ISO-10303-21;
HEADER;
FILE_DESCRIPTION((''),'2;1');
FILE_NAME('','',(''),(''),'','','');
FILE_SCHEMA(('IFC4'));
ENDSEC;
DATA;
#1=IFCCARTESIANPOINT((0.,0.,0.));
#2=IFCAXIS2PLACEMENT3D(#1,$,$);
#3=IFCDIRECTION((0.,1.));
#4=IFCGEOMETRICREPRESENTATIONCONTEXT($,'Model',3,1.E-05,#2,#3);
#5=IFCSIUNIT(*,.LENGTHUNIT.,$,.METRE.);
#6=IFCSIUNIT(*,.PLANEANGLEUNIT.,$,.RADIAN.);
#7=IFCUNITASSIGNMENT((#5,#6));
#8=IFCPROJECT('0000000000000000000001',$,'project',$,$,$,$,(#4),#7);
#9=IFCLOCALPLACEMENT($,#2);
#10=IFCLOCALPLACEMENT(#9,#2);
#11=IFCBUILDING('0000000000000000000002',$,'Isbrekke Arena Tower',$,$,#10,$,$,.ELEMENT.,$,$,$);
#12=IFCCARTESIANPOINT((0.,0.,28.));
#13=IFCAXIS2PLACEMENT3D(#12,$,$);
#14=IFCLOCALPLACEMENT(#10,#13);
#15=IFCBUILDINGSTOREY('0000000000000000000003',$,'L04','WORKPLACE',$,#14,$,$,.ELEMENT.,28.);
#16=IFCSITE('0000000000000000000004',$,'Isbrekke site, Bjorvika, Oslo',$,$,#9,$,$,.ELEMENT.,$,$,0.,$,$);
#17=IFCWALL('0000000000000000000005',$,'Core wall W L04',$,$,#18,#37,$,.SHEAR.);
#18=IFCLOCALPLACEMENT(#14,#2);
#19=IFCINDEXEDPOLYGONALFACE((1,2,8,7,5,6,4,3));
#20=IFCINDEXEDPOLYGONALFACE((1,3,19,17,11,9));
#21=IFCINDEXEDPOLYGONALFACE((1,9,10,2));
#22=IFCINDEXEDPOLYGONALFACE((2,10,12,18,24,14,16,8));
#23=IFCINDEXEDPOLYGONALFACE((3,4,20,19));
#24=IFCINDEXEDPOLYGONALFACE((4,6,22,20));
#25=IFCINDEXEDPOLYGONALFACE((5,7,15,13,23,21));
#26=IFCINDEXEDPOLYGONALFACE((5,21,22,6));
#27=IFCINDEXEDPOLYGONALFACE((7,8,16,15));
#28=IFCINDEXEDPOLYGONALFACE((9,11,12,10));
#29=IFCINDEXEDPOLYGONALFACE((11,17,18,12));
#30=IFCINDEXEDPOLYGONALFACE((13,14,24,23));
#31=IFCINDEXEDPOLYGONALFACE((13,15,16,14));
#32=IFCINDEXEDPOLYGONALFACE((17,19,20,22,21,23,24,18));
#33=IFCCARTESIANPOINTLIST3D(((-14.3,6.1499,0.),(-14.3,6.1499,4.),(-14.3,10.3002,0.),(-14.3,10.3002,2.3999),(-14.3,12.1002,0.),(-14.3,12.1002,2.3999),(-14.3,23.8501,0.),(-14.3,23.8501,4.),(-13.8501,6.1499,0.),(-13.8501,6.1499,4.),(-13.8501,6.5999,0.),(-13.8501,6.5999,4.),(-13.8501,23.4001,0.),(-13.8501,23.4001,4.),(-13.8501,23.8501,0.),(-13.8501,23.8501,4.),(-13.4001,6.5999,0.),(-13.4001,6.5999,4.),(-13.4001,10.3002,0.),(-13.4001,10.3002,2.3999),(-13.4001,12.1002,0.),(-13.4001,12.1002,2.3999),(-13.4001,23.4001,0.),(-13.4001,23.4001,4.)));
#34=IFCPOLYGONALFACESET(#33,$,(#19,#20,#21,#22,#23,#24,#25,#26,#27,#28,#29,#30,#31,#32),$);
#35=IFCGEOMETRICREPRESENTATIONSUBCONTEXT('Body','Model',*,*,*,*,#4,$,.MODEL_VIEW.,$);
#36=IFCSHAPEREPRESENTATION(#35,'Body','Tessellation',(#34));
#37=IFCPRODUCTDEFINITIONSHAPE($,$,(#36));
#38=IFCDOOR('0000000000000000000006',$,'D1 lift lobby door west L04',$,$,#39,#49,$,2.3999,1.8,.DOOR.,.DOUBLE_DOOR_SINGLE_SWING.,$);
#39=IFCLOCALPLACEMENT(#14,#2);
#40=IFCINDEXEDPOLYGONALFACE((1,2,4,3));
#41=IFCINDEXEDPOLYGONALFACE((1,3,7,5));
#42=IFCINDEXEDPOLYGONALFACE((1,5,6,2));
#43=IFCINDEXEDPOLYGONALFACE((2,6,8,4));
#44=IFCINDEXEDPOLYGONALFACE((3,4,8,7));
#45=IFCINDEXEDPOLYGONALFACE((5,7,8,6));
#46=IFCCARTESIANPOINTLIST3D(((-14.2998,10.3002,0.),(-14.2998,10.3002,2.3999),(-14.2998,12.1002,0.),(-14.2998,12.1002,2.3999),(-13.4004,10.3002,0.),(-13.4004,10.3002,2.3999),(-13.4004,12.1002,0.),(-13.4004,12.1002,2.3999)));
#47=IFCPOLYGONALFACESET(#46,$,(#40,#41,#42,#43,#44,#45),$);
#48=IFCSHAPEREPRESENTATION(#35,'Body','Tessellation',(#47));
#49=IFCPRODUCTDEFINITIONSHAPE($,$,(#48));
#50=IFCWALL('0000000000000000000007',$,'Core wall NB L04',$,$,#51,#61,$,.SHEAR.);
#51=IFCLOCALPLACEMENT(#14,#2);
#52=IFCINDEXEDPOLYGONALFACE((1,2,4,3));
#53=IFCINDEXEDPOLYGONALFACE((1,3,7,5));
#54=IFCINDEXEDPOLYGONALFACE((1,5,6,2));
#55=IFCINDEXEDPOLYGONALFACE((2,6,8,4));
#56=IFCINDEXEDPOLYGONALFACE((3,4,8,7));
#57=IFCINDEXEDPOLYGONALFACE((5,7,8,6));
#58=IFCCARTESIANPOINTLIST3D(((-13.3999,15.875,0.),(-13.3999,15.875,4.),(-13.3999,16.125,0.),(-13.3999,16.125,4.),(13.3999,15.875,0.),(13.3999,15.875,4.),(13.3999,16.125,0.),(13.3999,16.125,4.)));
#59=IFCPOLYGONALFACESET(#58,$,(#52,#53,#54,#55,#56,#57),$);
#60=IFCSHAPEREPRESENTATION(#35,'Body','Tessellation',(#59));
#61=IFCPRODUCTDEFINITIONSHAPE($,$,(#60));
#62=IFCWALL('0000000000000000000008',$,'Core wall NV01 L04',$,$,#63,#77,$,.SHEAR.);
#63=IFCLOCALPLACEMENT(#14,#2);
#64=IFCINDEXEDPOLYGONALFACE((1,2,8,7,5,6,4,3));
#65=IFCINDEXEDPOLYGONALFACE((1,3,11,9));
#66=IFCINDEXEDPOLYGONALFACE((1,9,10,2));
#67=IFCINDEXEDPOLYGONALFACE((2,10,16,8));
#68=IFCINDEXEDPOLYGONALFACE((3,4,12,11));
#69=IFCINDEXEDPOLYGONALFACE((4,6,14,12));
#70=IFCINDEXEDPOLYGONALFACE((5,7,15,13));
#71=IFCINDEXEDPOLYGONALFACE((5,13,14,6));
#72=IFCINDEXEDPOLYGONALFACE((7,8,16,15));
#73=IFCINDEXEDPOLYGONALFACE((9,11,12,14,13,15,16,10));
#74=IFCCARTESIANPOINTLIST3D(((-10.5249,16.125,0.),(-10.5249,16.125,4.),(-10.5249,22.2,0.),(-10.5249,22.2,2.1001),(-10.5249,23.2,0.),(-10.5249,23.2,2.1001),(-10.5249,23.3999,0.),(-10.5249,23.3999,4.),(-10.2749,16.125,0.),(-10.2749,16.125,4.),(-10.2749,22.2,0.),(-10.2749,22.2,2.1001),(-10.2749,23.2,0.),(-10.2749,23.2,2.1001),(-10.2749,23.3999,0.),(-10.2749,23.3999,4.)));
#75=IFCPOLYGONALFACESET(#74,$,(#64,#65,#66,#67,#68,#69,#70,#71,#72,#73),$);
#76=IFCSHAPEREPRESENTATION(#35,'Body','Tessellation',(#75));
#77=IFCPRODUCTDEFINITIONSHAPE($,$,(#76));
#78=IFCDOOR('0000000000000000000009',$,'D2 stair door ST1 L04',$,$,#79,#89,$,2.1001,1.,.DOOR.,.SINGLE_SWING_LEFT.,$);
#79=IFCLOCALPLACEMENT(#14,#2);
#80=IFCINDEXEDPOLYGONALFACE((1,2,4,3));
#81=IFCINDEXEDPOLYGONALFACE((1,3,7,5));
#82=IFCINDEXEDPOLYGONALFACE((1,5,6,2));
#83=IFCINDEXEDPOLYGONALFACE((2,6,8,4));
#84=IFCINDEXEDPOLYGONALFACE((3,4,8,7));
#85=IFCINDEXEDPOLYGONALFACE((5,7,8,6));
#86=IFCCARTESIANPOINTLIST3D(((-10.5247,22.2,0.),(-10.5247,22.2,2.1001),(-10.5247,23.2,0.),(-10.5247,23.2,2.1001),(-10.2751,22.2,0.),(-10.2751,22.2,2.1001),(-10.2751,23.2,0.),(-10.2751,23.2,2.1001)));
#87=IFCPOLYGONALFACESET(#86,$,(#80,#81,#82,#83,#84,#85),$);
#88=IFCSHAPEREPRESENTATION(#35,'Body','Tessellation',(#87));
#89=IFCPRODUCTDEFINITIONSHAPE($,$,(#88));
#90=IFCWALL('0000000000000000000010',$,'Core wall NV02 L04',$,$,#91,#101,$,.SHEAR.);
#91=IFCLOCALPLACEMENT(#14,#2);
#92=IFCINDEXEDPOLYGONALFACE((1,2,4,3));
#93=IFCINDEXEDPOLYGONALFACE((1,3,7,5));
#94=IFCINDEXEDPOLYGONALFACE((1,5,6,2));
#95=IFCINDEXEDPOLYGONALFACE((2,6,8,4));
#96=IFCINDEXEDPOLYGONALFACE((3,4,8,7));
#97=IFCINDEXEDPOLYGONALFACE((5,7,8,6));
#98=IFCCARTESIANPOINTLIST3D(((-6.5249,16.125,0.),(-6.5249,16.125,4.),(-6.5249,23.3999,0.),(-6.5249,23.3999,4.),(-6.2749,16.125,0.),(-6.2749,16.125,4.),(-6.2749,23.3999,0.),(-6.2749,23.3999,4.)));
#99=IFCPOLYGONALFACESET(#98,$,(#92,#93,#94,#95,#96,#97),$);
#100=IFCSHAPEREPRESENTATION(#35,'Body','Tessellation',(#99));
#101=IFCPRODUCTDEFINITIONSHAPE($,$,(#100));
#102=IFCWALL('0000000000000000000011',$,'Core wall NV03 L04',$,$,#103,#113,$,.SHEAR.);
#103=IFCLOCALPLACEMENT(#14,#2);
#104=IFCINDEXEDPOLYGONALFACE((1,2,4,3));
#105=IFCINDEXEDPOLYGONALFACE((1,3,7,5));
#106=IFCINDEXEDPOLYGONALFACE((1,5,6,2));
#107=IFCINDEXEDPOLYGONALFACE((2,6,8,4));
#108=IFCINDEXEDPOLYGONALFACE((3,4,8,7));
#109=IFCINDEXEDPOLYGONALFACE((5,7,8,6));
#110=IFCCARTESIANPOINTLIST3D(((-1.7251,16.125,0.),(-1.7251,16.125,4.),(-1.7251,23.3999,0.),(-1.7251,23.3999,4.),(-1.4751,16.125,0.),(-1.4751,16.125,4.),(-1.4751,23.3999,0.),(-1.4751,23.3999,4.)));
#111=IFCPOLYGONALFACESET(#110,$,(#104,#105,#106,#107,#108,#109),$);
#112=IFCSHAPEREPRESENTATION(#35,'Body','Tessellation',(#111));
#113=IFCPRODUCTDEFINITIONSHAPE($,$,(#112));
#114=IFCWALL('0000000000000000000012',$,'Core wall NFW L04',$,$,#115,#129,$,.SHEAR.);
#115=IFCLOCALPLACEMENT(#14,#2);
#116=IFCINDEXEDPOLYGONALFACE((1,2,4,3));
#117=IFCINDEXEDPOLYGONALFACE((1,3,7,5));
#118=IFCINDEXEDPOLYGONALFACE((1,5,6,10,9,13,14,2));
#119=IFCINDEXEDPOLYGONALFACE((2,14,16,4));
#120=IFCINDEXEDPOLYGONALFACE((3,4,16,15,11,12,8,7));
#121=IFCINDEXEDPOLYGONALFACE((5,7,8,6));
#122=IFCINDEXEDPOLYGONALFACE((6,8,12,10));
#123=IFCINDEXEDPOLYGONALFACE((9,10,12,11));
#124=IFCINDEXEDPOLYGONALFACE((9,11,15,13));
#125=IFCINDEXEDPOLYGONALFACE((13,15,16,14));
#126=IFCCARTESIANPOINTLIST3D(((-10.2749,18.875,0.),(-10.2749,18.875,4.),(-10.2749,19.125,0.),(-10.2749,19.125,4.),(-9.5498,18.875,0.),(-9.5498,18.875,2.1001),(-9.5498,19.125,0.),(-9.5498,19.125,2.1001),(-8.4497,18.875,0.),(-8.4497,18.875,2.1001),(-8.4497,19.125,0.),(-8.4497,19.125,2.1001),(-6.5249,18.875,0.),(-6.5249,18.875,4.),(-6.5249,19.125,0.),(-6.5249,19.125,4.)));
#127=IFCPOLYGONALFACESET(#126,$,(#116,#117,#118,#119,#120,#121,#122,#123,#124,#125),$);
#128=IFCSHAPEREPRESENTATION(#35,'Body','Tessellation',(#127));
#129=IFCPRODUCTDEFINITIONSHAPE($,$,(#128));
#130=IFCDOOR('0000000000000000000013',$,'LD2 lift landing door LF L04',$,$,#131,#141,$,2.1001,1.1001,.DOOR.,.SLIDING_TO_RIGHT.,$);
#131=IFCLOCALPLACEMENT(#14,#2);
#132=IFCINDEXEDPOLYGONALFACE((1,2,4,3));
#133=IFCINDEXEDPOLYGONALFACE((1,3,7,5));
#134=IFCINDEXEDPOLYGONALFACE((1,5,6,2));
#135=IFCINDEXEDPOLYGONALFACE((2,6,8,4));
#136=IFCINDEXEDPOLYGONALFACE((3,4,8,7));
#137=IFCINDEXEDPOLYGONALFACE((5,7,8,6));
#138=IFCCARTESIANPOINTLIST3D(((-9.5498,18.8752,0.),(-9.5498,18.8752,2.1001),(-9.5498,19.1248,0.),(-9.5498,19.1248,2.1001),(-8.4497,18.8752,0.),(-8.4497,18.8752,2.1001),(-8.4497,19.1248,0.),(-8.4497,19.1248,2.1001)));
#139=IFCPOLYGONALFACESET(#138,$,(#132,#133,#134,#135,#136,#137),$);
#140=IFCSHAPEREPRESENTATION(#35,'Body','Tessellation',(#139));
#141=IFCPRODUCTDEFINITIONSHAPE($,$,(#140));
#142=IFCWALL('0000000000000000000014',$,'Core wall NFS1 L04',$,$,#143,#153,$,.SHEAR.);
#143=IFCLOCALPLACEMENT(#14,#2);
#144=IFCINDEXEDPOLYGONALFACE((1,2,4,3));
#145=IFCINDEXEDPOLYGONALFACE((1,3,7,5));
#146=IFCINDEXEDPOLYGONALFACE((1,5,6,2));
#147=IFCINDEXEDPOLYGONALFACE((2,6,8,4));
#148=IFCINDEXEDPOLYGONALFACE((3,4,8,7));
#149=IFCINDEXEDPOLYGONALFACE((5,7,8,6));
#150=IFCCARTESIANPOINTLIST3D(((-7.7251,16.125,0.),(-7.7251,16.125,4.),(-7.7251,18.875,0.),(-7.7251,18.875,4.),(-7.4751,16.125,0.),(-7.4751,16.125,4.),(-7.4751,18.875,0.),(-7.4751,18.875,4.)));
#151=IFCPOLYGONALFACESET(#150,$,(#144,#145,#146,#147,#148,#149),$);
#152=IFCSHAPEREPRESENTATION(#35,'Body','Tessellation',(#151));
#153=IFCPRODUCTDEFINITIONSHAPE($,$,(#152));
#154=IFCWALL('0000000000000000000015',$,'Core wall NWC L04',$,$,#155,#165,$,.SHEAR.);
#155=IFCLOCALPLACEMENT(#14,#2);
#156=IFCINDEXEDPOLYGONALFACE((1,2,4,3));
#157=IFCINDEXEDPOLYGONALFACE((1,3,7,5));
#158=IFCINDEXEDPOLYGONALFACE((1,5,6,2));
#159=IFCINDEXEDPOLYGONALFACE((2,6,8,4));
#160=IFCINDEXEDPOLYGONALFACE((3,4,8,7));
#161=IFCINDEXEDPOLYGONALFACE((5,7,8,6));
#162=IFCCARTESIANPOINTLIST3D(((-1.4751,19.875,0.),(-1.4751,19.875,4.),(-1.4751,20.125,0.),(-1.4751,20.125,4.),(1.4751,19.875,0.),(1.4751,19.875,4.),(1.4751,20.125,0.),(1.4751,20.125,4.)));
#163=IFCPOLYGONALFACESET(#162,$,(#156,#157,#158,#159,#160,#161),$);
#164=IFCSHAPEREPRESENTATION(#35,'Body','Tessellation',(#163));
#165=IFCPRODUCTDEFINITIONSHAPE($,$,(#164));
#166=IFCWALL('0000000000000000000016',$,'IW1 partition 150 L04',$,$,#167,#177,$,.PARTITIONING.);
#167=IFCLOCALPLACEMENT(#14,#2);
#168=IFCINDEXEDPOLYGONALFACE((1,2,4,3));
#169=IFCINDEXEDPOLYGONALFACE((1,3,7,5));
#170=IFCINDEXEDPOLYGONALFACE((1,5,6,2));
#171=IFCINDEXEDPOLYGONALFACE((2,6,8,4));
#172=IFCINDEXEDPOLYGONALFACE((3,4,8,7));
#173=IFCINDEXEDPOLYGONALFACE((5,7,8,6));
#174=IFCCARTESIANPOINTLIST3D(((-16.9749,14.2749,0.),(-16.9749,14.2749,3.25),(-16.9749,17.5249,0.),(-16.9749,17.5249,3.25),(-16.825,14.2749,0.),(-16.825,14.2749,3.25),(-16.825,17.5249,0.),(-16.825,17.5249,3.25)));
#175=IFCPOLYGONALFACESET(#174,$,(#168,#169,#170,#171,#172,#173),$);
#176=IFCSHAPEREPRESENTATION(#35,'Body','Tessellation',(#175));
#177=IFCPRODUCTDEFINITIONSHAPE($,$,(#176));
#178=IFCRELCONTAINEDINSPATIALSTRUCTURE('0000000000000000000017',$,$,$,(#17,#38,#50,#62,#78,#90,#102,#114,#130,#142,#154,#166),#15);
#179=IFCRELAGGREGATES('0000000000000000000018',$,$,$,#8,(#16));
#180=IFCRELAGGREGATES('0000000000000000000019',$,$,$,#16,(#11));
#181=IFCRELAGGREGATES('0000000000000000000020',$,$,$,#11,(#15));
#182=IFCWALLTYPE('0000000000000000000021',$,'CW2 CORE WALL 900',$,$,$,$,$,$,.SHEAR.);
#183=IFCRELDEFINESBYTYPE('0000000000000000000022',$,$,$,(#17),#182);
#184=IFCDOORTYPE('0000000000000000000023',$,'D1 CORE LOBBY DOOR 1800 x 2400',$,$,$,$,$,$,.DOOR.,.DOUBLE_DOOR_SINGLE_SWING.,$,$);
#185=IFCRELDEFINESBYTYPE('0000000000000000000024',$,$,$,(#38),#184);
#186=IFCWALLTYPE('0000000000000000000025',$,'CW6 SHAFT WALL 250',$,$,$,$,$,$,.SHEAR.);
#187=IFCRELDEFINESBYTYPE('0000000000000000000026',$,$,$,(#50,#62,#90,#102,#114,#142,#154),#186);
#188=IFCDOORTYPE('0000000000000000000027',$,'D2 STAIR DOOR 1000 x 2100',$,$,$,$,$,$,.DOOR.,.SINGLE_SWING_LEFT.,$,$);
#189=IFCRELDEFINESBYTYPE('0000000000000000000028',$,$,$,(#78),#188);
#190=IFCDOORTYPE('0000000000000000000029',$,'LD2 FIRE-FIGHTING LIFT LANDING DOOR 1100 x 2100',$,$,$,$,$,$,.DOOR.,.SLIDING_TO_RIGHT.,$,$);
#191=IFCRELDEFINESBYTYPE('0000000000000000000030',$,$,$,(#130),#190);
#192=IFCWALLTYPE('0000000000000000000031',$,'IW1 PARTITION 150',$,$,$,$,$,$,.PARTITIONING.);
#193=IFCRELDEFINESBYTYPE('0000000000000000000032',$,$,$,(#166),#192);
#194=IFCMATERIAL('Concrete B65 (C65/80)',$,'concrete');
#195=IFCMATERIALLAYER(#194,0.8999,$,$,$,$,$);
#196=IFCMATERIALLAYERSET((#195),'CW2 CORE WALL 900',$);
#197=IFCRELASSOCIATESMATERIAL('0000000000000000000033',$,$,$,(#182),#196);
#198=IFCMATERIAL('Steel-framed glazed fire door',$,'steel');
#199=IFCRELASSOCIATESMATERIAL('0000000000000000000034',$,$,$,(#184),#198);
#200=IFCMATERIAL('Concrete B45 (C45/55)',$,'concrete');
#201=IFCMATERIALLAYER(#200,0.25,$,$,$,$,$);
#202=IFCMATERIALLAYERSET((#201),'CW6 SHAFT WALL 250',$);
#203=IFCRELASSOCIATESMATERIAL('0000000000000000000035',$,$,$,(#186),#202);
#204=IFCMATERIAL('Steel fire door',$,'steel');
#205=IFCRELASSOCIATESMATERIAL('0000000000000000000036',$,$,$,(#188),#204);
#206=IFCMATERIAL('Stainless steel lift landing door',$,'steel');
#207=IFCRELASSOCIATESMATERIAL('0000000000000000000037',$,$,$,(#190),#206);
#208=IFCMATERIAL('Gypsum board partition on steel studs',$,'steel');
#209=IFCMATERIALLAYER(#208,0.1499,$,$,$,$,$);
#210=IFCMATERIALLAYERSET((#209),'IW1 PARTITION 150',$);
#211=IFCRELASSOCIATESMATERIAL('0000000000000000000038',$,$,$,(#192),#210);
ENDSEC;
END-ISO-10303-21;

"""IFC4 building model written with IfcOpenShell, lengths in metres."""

from ifc_helpers import new_model, si_unit, direction, frame, frame_2d, origin, place, context, subcontext, project, spatial, polyline, rectangle, outline, extrude, material, layer, layer_set, type_object, element, fill, save


model = new_model("IFC4")

# Units and contexts
model_context = context("Model", 3, precision=1e-05, world=origin(), true_north=direction((0.0, 1.0)))
body_context = subcontext(model_context, "Body", "Model", "MODEL_VIEW")
ifc_project = project(units=[si_unit("LENGTHUNIT", "METRE"), si_unit("PLANEANGLEUNIT", "RADIAN")], contexts=[model_context])

# Site, building, storey
site_placement = place(None, origin())
site = spatial("IfcSite", under=ifc_project, at=site_placement, Name="Isbrekke site, Bjorvika, Oslo", CompositionType="ELEMENT", RefElevation=0.0)
building_placement = place(site_placement, origin())
building = spatial("IfcBuilding", under=site, at=building_placement, Name="Isbrekke Arena Tower", CompositionType="ELEMENT")
storey_placement = place(building_placement, frame((0.0, 0.0, 28.0)))
storey = spatial("IfcBuildingStorey", under=building, at=storey_placement, Name="L04", Description="WORKPLACE", CompositionType="ELEMENT", Elevation=28.0)

# Wall, opening, door
ifc_material_1 = material(Name="Concrete B65 (C65/80)", Category="concrete")
ifc_layer_1 = layer(ifc_material_1, 0.8999)
ifc_layer_set_1 = layer_set([ifc_layer_1], Name="CW2 CORE WALL 900")
wall_type_1 = type_object("IfcWallType", Name="CW2 CORE WALL 900", PredefinedType="SHEAR", material=ifc_layer_set_1)
wall_1_placement = place(storey_placement, frame((-13.8501, 23.8501, 0.0), z_axis=(0.0, 0.0, 1.0), x_axis=(0.0, -1.0, 0.0)))
wall_1 = element("IfcWall", 1, at=wall_1_placement, inside=storey, type_object=wall_type_1, Name="Core wall W L04", PredefinedType="SHEAR", context=body_context, shape_type="SweptSolid", body=[
    extrude(outline(polyline([(0.0, -0.45), (17.7002, -0.45), (17.7002, 0.0), (17.2502, 0.0), (17.2502, 0.45), (0.45, 0.45), (0.45, 0.0), (0.0, 0.0), (0.0, -0.45)])), origin(), (0.0, 0.0, 1.0), 4.0),
])
opening_1_placement = place(wall_1_placement, frame((11.75, 0.0, 0.0)))
opening_1 = element("IfcOpeningElement", 2, at=opening_1_placement, cuts=wall_1, PredefinedType="OPENING", context=body_context, shape_type="SweptSolid", body=[
    extrude(rectangle(XDim=1.8, YDim=2.3999, at=frame_2d((0.8999, 1.2))), frame((0.0, 0.4648, 0.0), z_axis=(0.0, -1.0, 0.0), x_axis=(1.0, 0.0, 0.0)), (0.0, 0.0, 1.0), 0.9297),
])
ifc_material_2 = material(Name="Steel-framed glazed fire door", Category="steel")
door_type_1 = type_object("IfcDoorType", Name="D1 CORE LOBBY DOOR 1800 x 2400", OperationType="DOUBLE_DOOR_SINGLE_SWING", PredefinedType="DOOR", material=ifc_material_2)
door_1_placement = place(opening_1_placement, origin())
door_1 = element("IfcDoor", 3, at=door_1_placement, inside=storey, type_object=door_type_1, Name="D1 lift lobby door west L04", OperationType="DOUBLE_DOOR_SINGLE_SWING", OverallHeight=2.3999, OverallWidth=1.8, PredefinedType="DOOR", context=body_context, shape_type="SweptSolid", body=[
    extrude(rectangle(XDim=1.8, YDim=2.3999, at=frame_2d((0.8999, 1.2))), frame((0.0, 0.4497, 0.0), z_axis=(0.0, -1.0, 0.0), x_axis=(1.0, 0.0, 0.0)), (0.0, 0.0, 1.0), 0.8994),
])
fill(opening_1, door_1)

# Wall
ifc_material_3 = material(Name="Concrete B45 (C45/55)", Category="concrete")
ifc_layer_2 = layer(ifc_material_3, 0.25)
ifc_layer_set_2 = layer_set([ifc_layer_2], Name="CW6 SHAFT WALL 250")
wall_type_2 = type_object("IfcWallType", Name="CW6 SHAFT WALL 250", PredefinedType="SHEAR", material=ifc_layer_set_2)
wall_2_placement = place(storey_placement, frame((-13.3999, 16.0, 0.0), z_axis=(0.0, 0.0, 1.0), x_axis=(1.0, 0.0, 0.0)))
element("IfcWall", 4, at=wall_2_placement, inside=storey, type_object=wall_type_2, Name="Core wall NB L04", PredefinedType="SHEAR", context=body_context, shape_type="SweptSolid", body=[
    extrude(rectangle(XDim=26.7998, YDim=0.25, at=frame_2d((13.3999, 0.0))), origin(), (0.0, 0.0, 1.0), 4.0),
])

# Wall, opening, door
wall_3_placement = place(storey_placement, frame((-10.3999, 16.125, 0.0), z_axis=(0.0, 0.0, 1.0), x_axis=(0.0, 1.0, 0.0)))
wall_3 = element("IfcWall", 5, at=wall_3_placement, inside=storey, type_object=wall_type_2, Name="Core wall NV01 L04", PredefinedType="SHEAR", context=body_context, shape_type="SweptSolid", body=[
    extrude(rectangle(XDim=7.2749, YDim=0.25, at=frame_2d((3.6375, 0.0))), origin(), (0.0, 0.0, 1.0), 4.0),
])
opening_2_placement = place(wall_3_placement, frame((6.075, 0.0, 0.0)))
opening_2 = element("IfcOpeningElement", 6, at=opening_2_placement, cuts=wall_3, PredefinedType="OPENING", context=body_context, shape_type="SweptSolid", body=[
    extrude(rectangle(XDim=1.0, YDim=2.1001, at=frame_2d((0.5, 1.05))), frame((0.0, 0.1399, 0.0), z_axis=(0.0, -1.0, 0.0), x_axis=(1.0, 0.0, 0.0)), (0.0, 0.0, 1.0), 0.2798),
])
ifc_material_4 = material(Name="Steel fire door", Category="steel")
door_type_2 = type_object("IfcDoorType", Name="D2 STAIR DOOR 1000 x 2100", OperationType="SINGLE_SWING_LEFT", PredefinedType="DOOR", material=ifc_material_4)
door_2_placement = place(opening_2_placement, origin())
door_2 = element("IfcDoor", 7, at=door_2_placement, inside=storey, type_object=door_type_2, Name="D2 stair door ST1 L04", OperationType="SINGLE_SWING_LEFT", OverallHeight=2.1001, OverallWidth=1.0, PredefinedType="DOOR", context=body_context, shape_type="SweptSolid", body=[
    extrude(rectangle(XDim=1.0, YDim=2.1001, at=frame_2d((0.5, 1.05))), frame((0.0, 0.1248, 0.0), z_axis=(0.0, -1.0, 0.0), x_axis=(1.0, 0.0, 0.0)), (0.0, 0.0, 1.0), 0.2495),
])
fill(opening_2, door_2)

# Walls
for number, where, z_axis, x_axis, name in (
    (8, (-6.3999, 16.125, 0.0), (0.0, 0.0, 1.0), (0.0, 1.0, 0.0), "Core wall NV02 L04"),
    (9, (-1.6001, 16.125, 0.0), (0.0, 0.0, 1.0), (0.0, 1.0, 0.0), "Core wall NV03 L04"),
):
    element("IfcWall", number, at=place(storey_placement, frame(where, z_axis=z_axis, x_axis=x_axis)), inside=storey, type_object=wall_type_2, Name=name, PredefinedType="SHEAR", context=body_context, shape_type="SweptSolid", body=[
        extrude(rectangle(XDim=7.2749, YDim=0.25, at=frame_2d((3.6375, 0.0))), origin(), (0.0, 0.0, 1.0), 4.0),
    ])

# Wall, opening, door
wall_4_placement = place(storey_placement, frame((-10.2749, 19.0, 0.0), z_axis=(0.0, 0.0, 1.0), x_axis=(1.0, 0.0, 0.0)))
wall_4 = element("IfcWall", 10, at=wall_4_placement, inside=storey, type_object=wall_type_2, Name="Core wall NFW L04", PredefinedType="SHEAR", context=body_context, shape_type="SweptSolid", body=[
    extrude(rectangle(XDim=3.75, YDim=0.25, at=frame_2d((1.875, 0.0))), origin(), (0.0, 0.0, 1.0), 4.0),
])
opening_3_placement = place(wall_4_placement, frame((0.7251, 0.0, 0.0)))
opening_3 = element("IfcOpeningElement", 11, at=opening_3_placement, cuts=wall_4, PredefinedType="OPENING", context=body_context, shape_type="SweptSolid", body=[
    extrude(rectangle(XDim=1.1001, YDim=2.1001, at=frame_2d((0.55, 1.05))), frame((0.0, 0.1399, 0.0), z_axis=(0.0, -1.0, 0.0), x_axis=(1.0, 0.0, 0.0)), (0.0, 0.0, 1.0), 0.2798),
])
ifc_material_5 = material(Name="Stainless steel lift landing door", Category="steel")
door_type_3 = type_object("IfcDoorType", Name="LD2 FIRE-FIGHTING LIFT LANDING DOOR 1100 x 2100", OperationType="SLIDING_TO_RIGHT", PredefinedType="DOOR", material=ifc_material_5)
door_3_placement = place(opening_3_placement, origin())
door_3 = element("IfcDoor", 12, at=door_3_placement, inside=storey, type_object=door_type_3, Name="LD2 lift landing door LF L04", OperationType="SLIDING_TO_RIGHT", OverallHeight=2.1001, OverallWidth=1.1001, PredefinedType="DOOR", context=body_context, shape_type="SweptSolid", body=[
    extrude(rectangle(XDim=1.1001, YDim=2.1001, at=frame_2d((0.55, 1.05))), frame((0.0, 0.1248, 0.0), z_axis=(0.0, -1.0, 0.0), x_axis=(1.0, 0.0, 0.0)), (0.0, 0.0, 1.0), 0.2495),
])
fill(opening_3, door_3)

# Walls
wall_5_placement = place(storey_placement, frame((-7.6001, 16.125, 0.0), z_axis=(0.0, 0.0, 1.0), x_axis=(0.0, 1.0, 0.0)))
element("IfcWall", 13, at=wall_5_placement, inside=storey, type_object=wall_type_2, Name="Core wall NFS1 L04", PredefinedType="SHEAR", context=body_context, shape_type="SweptSolid", body=[
    extrude(rectangle(XDim=2.75, YDim=0.25, at=frame_2d((1.375, 0.0))), origin(), (0.0, 0.0, 1.0), 4.0),
])
wall_6_placement = place(storey_placement, frame((-1.4751, 20.0, 0.0), z_axis=(0.0, 0.0, 1.0), x_axis=(1.0, 0.0, 0.0)))
element("IfcWall", 14, at=wall_6_placement, inside=storey, type_object=wall_type_2, Name="Core wall NWC L04", PredefinedType="SHEAR", context=body_context, shape_type="SweptSolid", body=[
    extrude(rectangle(XDim=2.9502, YDim=0.25, at=frame_2d((1.4751, 0.0))), origin(), (0.0, 0.0, 1.0), 4.0),
])
ifc_material_6 = material(Name="Gypsum board partition on steel studs", Category="steel")
ifc_layer_3 = layer(ifc_material_6, 0.1499)
ifc_layer_set_3 = layer_set([ifc_layer_3], Name="IW1 PARTITION 150")
wall_type_3 = type_object("IfcWallType", Name="IW1 PARTITION 150", PredefinedType="PARTITIONING", material=ifc_layer_set_3)
wall_7_placement = place(storey_placement, frame((-16.8999, 14.2749, 0.0), z_axis=(0.0, 0.0, 1.0), x_axis=(0.0, 1.0, 0.0)))
element("IfcWall", 15, at=wall_7_placement, inside=storey, type_object=wall_type_3, Name="IW1 partition 150 L04", PredefinedType="PARTITIONING", context=body_context, shape_type="SweptSolid", body=[
    extrude(rectangle(XDim=3.25, YDim=0.1499, at=frame_2d((1.625, 0.0))), origin(), (0.0, 0.0, 1.0), 3.25),
])

save(model, "model.ifc")
